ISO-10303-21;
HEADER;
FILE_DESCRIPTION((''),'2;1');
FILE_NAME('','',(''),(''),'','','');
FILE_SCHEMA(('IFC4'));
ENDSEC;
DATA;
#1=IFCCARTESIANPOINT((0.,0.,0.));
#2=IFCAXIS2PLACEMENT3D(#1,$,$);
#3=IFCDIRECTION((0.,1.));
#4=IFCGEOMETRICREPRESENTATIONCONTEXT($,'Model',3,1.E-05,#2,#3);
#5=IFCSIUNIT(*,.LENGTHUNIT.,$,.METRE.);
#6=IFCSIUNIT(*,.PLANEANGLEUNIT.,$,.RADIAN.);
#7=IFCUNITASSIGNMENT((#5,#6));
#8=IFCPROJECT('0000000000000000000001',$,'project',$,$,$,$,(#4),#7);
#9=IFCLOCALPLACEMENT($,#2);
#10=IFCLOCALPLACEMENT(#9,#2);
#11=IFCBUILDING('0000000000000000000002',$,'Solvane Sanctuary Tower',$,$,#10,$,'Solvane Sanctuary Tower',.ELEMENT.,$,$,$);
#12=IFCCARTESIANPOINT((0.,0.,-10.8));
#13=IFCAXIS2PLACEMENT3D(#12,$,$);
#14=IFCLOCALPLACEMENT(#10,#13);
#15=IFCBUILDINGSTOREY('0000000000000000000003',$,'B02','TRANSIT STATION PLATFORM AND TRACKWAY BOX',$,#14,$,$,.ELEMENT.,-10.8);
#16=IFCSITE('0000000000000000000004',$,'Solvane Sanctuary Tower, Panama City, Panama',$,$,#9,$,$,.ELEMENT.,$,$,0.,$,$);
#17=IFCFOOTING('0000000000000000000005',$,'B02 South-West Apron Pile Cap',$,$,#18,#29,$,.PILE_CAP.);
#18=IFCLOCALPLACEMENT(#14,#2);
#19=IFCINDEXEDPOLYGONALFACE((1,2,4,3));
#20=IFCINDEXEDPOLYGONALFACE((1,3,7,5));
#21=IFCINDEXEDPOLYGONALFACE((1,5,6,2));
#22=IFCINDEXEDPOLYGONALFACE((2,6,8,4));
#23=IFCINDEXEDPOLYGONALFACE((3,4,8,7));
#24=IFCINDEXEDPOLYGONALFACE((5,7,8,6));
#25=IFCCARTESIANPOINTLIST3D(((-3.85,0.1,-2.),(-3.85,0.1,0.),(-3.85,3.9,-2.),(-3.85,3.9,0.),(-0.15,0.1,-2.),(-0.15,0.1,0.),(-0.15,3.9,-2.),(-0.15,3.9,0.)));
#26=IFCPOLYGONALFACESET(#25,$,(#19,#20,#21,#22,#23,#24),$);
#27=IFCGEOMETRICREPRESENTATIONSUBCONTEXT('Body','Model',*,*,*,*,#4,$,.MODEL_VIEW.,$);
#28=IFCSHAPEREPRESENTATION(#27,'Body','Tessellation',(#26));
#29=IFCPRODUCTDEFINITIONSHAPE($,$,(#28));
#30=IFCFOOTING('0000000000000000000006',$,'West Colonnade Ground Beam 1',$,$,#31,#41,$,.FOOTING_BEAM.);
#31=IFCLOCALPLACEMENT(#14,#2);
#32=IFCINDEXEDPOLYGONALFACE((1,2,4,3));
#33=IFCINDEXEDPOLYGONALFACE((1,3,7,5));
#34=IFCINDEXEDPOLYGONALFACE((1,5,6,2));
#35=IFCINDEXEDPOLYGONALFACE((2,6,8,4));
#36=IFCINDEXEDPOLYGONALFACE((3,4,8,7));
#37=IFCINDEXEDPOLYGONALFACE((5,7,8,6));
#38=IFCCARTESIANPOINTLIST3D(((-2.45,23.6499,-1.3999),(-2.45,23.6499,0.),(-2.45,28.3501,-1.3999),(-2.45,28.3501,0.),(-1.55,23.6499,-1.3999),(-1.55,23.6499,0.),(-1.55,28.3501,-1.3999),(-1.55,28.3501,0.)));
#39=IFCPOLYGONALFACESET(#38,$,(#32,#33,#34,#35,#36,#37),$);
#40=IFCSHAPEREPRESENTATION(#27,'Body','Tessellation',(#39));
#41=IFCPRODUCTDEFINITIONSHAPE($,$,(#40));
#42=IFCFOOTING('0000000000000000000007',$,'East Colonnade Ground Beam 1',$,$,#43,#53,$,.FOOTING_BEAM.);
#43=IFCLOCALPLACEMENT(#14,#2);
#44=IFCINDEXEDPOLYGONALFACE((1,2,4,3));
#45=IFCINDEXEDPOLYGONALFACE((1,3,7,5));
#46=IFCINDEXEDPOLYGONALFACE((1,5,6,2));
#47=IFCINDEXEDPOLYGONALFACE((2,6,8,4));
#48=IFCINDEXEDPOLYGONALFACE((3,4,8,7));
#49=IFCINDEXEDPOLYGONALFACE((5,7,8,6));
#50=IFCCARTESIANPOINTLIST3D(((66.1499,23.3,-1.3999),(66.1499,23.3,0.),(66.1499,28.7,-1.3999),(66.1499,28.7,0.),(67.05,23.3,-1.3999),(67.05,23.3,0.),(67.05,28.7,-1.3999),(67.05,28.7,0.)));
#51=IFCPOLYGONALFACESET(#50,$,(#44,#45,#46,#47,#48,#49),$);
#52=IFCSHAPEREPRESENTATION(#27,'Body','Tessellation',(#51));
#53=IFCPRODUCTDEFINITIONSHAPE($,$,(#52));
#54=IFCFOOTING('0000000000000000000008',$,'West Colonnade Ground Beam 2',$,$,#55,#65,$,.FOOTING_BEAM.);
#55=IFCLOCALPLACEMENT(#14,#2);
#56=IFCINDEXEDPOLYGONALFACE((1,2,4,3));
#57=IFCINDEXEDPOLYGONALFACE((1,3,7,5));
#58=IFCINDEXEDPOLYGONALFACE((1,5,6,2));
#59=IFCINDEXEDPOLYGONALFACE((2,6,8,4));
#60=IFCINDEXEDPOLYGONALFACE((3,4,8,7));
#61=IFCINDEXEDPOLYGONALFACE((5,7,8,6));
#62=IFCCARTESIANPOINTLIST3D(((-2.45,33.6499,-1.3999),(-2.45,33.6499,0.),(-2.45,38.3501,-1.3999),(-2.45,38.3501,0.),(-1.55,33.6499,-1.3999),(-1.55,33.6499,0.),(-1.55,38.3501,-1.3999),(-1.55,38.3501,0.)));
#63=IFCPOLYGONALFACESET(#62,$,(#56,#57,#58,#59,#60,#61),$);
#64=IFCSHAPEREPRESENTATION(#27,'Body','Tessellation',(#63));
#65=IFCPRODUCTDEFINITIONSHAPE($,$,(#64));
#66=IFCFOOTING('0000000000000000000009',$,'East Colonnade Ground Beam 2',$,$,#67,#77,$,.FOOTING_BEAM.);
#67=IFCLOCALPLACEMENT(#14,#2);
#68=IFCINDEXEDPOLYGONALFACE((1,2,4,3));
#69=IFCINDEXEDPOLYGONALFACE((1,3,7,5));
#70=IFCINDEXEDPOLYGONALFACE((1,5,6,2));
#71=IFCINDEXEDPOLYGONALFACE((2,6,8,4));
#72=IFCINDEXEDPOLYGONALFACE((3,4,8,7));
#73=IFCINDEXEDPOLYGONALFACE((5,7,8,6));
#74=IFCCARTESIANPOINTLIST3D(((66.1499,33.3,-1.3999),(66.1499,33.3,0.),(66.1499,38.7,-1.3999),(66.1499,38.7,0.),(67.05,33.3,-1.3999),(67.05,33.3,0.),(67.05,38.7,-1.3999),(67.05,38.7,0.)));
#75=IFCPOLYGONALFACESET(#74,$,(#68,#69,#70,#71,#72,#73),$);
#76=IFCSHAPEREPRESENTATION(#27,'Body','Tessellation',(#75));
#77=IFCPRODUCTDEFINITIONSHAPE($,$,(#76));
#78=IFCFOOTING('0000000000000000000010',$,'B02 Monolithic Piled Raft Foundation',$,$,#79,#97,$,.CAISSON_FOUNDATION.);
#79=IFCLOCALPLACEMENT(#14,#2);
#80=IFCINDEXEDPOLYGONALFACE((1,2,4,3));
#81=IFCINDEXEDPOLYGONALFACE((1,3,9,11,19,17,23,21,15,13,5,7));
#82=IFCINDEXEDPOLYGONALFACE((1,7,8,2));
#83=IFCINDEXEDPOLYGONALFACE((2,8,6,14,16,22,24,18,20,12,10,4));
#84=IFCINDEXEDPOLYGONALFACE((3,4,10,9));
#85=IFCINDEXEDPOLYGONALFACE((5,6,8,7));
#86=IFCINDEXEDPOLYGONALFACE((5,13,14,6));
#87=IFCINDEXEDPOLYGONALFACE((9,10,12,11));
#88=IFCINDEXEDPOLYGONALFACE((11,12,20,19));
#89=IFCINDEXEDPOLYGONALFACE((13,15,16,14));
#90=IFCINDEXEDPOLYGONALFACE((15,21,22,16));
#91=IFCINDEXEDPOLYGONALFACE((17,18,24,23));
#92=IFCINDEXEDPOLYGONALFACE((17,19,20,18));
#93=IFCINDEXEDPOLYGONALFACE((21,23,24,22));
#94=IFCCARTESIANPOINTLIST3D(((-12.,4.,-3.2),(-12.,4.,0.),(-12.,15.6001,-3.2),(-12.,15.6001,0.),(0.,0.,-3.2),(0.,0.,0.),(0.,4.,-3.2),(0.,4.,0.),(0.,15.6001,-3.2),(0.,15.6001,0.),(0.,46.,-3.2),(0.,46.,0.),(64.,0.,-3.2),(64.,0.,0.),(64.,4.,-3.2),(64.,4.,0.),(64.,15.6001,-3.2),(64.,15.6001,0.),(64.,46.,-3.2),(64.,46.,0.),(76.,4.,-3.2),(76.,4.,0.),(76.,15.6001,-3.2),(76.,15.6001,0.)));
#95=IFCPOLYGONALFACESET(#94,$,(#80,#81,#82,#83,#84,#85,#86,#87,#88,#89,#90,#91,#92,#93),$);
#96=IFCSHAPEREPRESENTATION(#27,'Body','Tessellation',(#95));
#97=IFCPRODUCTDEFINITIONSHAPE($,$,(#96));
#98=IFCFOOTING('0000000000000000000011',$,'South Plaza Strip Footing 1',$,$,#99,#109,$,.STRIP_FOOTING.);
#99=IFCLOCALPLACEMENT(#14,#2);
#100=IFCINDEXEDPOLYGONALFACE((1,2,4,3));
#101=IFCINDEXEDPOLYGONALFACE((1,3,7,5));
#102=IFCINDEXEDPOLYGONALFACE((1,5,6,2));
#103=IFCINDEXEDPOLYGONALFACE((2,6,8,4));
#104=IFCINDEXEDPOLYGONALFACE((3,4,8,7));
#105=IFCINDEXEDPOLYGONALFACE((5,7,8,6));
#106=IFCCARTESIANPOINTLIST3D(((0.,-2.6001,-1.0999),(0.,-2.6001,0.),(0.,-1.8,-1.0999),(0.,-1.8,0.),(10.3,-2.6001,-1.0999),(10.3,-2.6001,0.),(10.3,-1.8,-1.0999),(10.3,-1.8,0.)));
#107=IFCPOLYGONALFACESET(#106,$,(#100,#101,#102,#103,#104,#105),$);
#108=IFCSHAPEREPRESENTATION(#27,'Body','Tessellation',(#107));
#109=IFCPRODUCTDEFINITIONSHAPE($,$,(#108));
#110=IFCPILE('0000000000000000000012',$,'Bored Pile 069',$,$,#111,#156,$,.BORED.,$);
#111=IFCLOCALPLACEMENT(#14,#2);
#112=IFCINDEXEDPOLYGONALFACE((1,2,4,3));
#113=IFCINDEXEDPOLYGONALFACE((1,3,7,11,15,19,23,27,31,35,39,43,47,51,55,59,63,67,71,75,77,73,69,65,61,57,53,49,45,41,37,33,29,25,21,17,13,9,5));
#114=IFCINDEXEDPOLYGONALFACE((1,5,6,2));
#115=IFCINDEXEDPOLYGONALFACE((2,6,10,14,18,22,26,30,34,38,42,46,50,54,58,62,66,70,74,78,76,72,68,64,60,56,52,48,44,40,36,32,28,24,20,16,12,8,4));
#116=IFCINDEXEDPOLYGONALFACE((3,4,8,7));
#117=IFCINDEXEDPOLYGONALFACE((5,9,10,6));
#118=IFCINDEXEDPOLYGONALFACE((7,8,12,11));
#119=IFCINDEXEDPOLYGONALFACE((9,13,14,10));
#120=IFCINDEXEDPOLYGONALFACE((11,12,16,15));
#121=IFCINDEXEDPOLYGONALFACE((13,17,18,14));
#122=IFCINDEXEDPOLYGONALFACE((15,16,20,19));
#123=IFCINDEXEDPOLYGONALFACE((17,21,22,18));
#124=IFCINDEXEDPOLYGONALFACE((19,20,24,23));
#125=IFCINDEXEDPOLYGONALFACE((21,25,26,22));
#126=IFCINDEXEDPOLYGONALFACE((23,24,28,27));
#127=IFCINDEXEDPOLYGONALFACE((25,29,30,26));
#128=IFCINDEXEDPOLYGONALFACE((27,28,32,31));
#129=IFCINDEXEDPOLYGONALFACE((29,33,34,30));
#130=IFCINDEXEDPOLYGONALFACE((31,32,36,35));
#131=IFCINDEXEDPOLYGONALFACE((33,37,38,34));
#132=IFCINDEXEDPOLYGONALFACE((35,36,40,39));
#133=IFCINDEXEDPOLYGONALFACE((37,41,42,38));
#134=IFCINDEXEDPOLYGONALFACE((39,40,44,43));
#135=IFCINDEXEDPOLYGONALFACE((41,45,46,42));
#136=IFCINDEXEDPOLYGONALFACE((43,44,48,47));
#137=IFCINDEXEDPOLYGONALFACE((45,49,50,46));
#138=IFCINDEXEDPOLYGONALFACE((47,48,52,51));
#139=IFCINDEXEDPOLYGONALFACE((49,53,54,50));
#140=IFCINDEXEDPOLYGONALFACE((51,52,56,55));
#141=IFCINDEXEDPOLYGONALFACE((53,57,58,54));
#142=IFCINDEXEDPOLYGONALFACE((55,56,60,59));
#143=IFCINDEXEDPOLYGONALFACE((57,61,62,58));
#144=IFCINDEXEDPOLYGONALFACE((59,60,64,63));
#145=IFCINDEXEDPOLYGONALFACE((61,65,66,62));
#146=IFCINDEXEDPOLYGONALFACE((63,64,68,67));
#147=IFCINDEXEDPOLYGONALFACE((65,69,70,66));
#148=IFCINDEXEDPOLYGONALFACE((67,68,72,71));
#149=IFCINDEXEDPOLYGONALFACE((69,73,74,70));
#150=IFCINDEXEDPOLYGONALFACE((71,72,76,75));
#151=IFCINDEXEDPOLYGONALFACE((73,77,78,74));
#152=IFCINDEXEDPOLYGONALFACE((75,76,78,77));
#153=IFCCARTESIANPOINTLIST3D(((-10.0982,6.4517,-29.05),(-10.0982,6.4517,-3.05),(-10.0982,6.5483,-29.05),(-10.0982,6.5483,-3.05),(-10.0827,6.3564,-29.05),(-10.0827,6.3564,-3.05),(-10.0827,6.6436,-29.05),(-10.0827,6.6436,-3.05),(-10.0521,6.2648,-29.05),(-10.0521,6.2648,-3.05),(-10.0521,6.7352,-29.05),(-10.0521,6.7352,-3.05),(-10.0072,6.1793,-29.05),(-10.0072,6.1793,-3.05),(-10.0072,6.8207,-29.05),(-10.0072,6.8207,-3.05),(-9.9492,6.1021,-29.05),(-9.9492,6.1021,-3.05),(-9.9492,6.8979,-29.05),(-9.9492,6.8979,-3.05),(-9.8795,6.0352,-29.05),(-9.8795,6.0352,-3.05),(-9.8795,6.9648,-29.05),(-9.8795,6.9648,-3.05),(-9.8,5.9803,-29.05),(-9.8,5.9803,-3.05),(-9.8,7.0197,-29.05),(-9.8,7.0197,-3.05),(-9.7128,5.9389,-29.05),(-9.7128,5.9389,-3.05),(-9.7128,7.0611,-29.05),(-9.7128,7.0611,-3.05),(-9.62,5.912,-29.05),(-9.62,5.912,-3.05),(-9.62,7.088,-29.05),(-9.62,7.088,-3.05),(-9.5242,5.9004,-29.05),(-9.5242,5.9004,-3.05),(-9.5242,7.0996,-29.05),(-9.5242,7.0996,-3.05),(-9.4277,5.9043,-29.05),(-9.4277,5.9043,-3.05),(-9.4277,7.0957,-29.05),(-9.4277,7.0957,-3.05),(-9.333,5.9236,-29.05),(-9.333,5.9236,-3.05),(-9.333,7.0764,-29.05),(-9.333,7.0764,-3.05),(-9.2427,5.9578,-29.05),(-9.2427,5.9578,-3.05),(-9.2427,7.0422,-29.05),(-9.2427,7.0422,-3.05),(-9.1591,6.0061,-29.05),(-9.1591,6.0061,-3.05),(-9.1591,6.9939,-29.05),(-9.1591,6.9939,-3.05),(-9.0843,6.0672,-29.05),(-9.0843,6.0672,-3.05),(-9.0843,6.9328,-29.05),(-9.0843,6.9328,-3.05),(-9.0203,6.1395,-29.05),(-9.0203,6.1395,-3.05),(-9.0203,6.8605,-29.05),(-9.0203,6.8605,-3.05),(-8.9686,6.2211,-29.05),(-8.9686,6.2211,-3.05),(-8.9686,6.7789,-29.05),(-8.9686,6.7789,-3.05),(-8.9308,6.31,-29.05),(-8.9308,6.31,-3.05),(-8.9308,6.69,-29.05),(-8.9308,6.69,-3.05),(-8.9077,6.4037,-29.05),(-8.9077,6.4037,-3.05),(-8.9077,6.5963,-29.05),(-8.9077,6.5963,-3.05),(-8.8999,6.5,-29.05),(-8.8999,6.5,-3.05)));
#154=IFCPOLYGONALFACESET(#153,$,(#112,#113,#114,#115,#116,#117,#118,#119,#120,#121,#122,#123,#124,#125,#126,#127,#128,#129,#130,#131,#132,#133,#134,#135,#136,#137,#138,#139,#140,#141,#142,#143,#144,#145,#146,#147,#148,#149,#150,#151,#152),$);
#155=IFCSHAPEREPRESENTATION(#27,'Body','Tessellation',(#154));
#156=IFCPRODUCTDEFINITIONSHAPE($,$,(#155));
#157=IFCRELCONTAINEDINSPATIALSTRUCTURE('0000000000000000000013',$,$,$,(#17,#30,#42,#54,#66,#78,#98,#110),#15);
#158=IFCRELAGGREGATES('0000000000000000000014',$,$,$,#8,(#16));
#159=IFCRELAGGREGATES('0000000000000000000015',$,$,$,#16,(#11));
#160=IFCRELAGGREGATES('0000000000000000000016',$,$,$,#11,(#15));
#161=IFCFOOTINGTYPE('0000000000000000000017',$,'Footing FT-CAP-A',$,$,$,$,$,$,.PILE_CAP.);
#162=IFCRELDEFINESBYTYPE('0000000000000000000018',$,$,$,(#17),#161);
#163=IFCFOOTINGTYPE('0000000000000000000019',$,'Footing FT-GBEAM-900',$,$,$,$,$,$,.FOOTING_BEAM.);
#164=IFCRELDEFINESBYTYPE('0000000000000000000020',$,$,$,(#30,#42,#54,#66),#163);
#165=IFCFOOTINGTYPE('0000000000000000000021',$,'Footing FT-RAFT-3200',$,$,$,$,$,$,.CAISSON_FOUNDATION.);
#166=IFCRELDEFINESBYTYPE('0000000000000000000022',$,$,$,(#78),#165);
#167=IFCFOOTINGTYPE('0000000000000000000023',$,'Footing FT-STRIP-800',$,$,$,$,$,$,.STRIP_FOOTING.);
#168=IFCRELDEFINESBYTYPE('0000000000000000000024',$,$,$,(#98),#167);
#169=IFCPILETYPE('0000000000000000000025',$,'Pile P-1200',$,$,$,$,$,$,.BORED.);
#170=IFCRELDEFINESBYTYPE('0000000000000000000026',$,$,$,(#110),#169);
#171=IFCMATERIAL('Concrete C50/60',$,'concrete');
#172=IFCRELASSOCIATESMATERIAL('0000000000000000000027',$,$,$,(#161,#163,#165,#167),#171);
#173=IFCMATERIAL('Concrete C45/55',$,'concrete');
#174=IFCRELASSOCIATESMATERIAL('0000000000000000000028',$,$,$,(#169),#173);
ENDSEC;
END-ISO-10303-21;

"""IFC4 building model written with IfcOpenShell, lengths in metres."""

from ifc_helpers import new_model, si_unit, direction, frame, origin, origin_2d, place, context, subcontext, project, spatial, polyline, rectangle, circle, outline, extrude, material, material_profile, profile_set, type_object, element, save


model = new_model("IFC4")

# Units and contexts
model_context = context("Model", 3, precision=1e-05, world=origin(), true_north=direction((0.0, 1.0)))
body_context = subcontext(model_context, "Body", "Model", "MODEL_VIEW")
ifc_project = project(units=[si_unit("LENGTHUNIT", "METRE"), si_unit("PLANEANGLEUNIT", "RADIAN")], contexts=[model_context])

# Site, building, storey
site_placement = place(None, origin())
site = spatial("IfcSite", under=ifc_project, at=site_placement, Name="Solvane Sanctuary Tower, Panama City, Panama", CompositionType="ELEMENT", RefElevation=0.0)
building_placement = place(site_placement, origin())
building = spatial("IfcBuilding", under=site, at=building_placement, Name="Solvane Sanctuary Tower", LongName="Solvane Sanctuary Tower", CompositionType="ELEMENT")
storey_placement = place(building_placement, frame((0.0, 0.0, -10.8)))
storey = spatial("IfcBuildingStorey", under=building, at=storey_placement, Name="B02", Description="TRANSIT STATION PLATFORM AND TRACKWAY BOX", CompositionType="ELEMENT", Elevation=-10.8)

# Footings
ifc_material_1 = material(Name="Concrete C50/60", Category="concrete")
footing_type_1 = type_object("IfcFootingType", Name="Footing FT-CAP-A", PredefinedType="PILE_CAP", material=ifc_material_1)
footing_1_placement = place(storey_placement, frame((-2.0, 2.0, -2.0), z_axis=(0.0, 0.0, 1.0), x_axis=(1.0, 0.0, 0.0)))
element("IfcFooting", 1, at=footing_1_placement, inside=storey, type_object=footing_type_1, Name="B02 South-West Apron Pile Cap", PredefinedType="PILE_CAP", context=body_context, shape_type="SweptSolid", body=[
    extrude(rectangle(XDim=3.7, YDim=3.8, at=origin_2d()), origin(), (0.0, 0.0, 1.0), 2.0),
])
footing_type_2 = type_object("IfcFootingType", Name="Footing FT-GBEAM-900", PredefinedType="FOOTING_BEAM", material=ifc_material_1)
footing_2_placement = place(storey_placement, frame((0.0, 0.0, -1.3999)))
element("IfcFooting", 2, at=footing_2_placement, inside=storey, type_object=footing_type_2, Name="West Colonnade Ground Beam 1", PredefinedType="FOOTING_BEAM", context=body_context, shape_type="SweptSolid", body=[
    extrude(outline(polyline([(-2.45, 23.6499), (-1.55, 23.6499), (-1.55, 28.3501), (-2.45, 28.3501), (-2.45, 23.6499)])), origin(), (0.0, 0.0, 1.0), 1.3999),
])
footing_3_placement = place(storey_placement, frame((0.0, 0.0, -1.3999)))
element("IfcFooting", 3, at=footing_3_placement, inside=storey, type_object=footing_type_2, Name="East Colonnade Ground Beam 1", PredefinedType="FOOTING_BEAM", context=body_context, shape_type="SweptSolid", body=[
    extrude(outline(polyline([(66.1499, 23.3), (67.05, 23.3), (67.05, 28.7), (66.1499, 28.7), (66.1499, 23.3)])), origin(), (0.0, 0.0, 1.0), 1.3999),
])
footing_4_placement = place(storey_placement, frame((0.0, 0.0, -1.3999)))
element("IfcFooting", 4, at=footing_4_placement, inside=storey, type_object=footing_type_2, Name="West Colonnade Ground Beam 2", PredefinedType="FOOTING_BEAM", context=body_context, shape_type="SweptSolid", body=[
    extrude(outline(polyline([(-2.45, 33.6499), (-1.55, 33.6499), (-1.55, 38.3501), (-2.45, 38.3501), (-2.45, 33.6499)])), origin(), (0.0, 0.0, 1.0), 1.3999),
])
footing_5_placement = place(storey_placement, frame((0.0, 0.0, -1.3999)))
element("IfcFooting", 5, at=footing_5_placement, inside=storey, type_object=footing_type_2, Name="East Colonnade Ground Beam 2", PredefinedType="FOOTING_BEAM", context=body_context, shape_type="SweptSolid", body=[
    extrude(outline(polyline([(66.1499, 33.3), (67.05, 33.3), (67.05, 38.7), (66.1499, 38.7), (66.1499, 33.3)])), origin(), (0.0, 0.0, 1.0), 1.3999),
])
footing_type_3 = type_object("IfcFootingType", Name="Footing FT-RAFT-3200", PredefinedType="CAISSON_FOUNDATION", material=ifc_material_1)
footing_6_placement = place(storey_placement, frame((0.0, 0.0, -3.2)))
element("IfcFooting", 6, at=footing_6_placement, inside=storey, type_object=footing_type_3, Name="B02 Monolithic Piled Raft Foundation", PredefinedType="CAISSON_FOUNDATION", context=body_context, shape_type="SweptSolid", body=[
    extrude(outline(polyline([(0.0, 0.0), (64.0, 0.0), (64.0, 4.0), (76.0, 4.0), (76.0, 15.6001), (64.0, 15.6001), (64.0, 46.0), (0.0, 46.0), (0.0, 15.6001), (-12.0, 15.6001), (-12.0, 4.0), (0.0, 4.0), (0.0, 0.0)])), origin(), (0.0, 0.0, 1.0), 3.2),
])
footing_type_4 = type_object("IfcFootingType", Name="Footing FT-STRIP-800", PredefinedType="STRIP_FOOTING", material=ifc_material_1)
footing_7_placement = place(storey_placement, frame((0.0, 0.0, -1.0999)))
element("IfcFooting", 7, at=footing_7_placement, inside=storey, type_object=footing_type_4, Name="South Plaza Strip Footing 1", PredefinedType="STRIP_FOOTING", context=body_context, shape_type="SweptSolid", body=[
    extrude(outline(polyline([(0.0, -2.6001), (10.3, -2.6001), (10.3, -1.8), (0.0, -1.8), (0.0, -2.6001)])), origin(), (0.0, 0.0, 1.0), 1.0999),
])

# Pile
ifc_material_2 = material(Name="Concrete C45/55", Category="concrete")
ifc_material_profile_1 = material_profile(ifc_material_2, circle(Radius=0.6001, at=origin_2d()), Name="PILE1200")
ifc_profile_set_1 = profile_set([ifc_material_profile_1], Name="Concrete C45/55")
pile_type = type_object("IfcPileType", Name="Pile P-1200", PredefinedType="BORED", material=ifc_profile_set_1)
for number, where, z_axis, x_axis, name in (
    (8, (-9.5, 6.5, -3.05), (0.0, 0.0, -1.0), (1.0, 0.0, 0.0), "Bored Pile 069"),
):
    element("IfcPile", number, at=place(storey_placement, frame(where, z_axis=z_axis, x_axis=x_axis)), inside=storey, type_object=pile_type, Name=name, PredefinedType="BORED", context=body_context, shape_type="SweptSolid", body=[
        extrude(circle(Radius=0.6001, at=origin_2d()), origin(), (0.0, 0.0, 1.0), 26.0),
    ])

save(model, "model.ifc")
